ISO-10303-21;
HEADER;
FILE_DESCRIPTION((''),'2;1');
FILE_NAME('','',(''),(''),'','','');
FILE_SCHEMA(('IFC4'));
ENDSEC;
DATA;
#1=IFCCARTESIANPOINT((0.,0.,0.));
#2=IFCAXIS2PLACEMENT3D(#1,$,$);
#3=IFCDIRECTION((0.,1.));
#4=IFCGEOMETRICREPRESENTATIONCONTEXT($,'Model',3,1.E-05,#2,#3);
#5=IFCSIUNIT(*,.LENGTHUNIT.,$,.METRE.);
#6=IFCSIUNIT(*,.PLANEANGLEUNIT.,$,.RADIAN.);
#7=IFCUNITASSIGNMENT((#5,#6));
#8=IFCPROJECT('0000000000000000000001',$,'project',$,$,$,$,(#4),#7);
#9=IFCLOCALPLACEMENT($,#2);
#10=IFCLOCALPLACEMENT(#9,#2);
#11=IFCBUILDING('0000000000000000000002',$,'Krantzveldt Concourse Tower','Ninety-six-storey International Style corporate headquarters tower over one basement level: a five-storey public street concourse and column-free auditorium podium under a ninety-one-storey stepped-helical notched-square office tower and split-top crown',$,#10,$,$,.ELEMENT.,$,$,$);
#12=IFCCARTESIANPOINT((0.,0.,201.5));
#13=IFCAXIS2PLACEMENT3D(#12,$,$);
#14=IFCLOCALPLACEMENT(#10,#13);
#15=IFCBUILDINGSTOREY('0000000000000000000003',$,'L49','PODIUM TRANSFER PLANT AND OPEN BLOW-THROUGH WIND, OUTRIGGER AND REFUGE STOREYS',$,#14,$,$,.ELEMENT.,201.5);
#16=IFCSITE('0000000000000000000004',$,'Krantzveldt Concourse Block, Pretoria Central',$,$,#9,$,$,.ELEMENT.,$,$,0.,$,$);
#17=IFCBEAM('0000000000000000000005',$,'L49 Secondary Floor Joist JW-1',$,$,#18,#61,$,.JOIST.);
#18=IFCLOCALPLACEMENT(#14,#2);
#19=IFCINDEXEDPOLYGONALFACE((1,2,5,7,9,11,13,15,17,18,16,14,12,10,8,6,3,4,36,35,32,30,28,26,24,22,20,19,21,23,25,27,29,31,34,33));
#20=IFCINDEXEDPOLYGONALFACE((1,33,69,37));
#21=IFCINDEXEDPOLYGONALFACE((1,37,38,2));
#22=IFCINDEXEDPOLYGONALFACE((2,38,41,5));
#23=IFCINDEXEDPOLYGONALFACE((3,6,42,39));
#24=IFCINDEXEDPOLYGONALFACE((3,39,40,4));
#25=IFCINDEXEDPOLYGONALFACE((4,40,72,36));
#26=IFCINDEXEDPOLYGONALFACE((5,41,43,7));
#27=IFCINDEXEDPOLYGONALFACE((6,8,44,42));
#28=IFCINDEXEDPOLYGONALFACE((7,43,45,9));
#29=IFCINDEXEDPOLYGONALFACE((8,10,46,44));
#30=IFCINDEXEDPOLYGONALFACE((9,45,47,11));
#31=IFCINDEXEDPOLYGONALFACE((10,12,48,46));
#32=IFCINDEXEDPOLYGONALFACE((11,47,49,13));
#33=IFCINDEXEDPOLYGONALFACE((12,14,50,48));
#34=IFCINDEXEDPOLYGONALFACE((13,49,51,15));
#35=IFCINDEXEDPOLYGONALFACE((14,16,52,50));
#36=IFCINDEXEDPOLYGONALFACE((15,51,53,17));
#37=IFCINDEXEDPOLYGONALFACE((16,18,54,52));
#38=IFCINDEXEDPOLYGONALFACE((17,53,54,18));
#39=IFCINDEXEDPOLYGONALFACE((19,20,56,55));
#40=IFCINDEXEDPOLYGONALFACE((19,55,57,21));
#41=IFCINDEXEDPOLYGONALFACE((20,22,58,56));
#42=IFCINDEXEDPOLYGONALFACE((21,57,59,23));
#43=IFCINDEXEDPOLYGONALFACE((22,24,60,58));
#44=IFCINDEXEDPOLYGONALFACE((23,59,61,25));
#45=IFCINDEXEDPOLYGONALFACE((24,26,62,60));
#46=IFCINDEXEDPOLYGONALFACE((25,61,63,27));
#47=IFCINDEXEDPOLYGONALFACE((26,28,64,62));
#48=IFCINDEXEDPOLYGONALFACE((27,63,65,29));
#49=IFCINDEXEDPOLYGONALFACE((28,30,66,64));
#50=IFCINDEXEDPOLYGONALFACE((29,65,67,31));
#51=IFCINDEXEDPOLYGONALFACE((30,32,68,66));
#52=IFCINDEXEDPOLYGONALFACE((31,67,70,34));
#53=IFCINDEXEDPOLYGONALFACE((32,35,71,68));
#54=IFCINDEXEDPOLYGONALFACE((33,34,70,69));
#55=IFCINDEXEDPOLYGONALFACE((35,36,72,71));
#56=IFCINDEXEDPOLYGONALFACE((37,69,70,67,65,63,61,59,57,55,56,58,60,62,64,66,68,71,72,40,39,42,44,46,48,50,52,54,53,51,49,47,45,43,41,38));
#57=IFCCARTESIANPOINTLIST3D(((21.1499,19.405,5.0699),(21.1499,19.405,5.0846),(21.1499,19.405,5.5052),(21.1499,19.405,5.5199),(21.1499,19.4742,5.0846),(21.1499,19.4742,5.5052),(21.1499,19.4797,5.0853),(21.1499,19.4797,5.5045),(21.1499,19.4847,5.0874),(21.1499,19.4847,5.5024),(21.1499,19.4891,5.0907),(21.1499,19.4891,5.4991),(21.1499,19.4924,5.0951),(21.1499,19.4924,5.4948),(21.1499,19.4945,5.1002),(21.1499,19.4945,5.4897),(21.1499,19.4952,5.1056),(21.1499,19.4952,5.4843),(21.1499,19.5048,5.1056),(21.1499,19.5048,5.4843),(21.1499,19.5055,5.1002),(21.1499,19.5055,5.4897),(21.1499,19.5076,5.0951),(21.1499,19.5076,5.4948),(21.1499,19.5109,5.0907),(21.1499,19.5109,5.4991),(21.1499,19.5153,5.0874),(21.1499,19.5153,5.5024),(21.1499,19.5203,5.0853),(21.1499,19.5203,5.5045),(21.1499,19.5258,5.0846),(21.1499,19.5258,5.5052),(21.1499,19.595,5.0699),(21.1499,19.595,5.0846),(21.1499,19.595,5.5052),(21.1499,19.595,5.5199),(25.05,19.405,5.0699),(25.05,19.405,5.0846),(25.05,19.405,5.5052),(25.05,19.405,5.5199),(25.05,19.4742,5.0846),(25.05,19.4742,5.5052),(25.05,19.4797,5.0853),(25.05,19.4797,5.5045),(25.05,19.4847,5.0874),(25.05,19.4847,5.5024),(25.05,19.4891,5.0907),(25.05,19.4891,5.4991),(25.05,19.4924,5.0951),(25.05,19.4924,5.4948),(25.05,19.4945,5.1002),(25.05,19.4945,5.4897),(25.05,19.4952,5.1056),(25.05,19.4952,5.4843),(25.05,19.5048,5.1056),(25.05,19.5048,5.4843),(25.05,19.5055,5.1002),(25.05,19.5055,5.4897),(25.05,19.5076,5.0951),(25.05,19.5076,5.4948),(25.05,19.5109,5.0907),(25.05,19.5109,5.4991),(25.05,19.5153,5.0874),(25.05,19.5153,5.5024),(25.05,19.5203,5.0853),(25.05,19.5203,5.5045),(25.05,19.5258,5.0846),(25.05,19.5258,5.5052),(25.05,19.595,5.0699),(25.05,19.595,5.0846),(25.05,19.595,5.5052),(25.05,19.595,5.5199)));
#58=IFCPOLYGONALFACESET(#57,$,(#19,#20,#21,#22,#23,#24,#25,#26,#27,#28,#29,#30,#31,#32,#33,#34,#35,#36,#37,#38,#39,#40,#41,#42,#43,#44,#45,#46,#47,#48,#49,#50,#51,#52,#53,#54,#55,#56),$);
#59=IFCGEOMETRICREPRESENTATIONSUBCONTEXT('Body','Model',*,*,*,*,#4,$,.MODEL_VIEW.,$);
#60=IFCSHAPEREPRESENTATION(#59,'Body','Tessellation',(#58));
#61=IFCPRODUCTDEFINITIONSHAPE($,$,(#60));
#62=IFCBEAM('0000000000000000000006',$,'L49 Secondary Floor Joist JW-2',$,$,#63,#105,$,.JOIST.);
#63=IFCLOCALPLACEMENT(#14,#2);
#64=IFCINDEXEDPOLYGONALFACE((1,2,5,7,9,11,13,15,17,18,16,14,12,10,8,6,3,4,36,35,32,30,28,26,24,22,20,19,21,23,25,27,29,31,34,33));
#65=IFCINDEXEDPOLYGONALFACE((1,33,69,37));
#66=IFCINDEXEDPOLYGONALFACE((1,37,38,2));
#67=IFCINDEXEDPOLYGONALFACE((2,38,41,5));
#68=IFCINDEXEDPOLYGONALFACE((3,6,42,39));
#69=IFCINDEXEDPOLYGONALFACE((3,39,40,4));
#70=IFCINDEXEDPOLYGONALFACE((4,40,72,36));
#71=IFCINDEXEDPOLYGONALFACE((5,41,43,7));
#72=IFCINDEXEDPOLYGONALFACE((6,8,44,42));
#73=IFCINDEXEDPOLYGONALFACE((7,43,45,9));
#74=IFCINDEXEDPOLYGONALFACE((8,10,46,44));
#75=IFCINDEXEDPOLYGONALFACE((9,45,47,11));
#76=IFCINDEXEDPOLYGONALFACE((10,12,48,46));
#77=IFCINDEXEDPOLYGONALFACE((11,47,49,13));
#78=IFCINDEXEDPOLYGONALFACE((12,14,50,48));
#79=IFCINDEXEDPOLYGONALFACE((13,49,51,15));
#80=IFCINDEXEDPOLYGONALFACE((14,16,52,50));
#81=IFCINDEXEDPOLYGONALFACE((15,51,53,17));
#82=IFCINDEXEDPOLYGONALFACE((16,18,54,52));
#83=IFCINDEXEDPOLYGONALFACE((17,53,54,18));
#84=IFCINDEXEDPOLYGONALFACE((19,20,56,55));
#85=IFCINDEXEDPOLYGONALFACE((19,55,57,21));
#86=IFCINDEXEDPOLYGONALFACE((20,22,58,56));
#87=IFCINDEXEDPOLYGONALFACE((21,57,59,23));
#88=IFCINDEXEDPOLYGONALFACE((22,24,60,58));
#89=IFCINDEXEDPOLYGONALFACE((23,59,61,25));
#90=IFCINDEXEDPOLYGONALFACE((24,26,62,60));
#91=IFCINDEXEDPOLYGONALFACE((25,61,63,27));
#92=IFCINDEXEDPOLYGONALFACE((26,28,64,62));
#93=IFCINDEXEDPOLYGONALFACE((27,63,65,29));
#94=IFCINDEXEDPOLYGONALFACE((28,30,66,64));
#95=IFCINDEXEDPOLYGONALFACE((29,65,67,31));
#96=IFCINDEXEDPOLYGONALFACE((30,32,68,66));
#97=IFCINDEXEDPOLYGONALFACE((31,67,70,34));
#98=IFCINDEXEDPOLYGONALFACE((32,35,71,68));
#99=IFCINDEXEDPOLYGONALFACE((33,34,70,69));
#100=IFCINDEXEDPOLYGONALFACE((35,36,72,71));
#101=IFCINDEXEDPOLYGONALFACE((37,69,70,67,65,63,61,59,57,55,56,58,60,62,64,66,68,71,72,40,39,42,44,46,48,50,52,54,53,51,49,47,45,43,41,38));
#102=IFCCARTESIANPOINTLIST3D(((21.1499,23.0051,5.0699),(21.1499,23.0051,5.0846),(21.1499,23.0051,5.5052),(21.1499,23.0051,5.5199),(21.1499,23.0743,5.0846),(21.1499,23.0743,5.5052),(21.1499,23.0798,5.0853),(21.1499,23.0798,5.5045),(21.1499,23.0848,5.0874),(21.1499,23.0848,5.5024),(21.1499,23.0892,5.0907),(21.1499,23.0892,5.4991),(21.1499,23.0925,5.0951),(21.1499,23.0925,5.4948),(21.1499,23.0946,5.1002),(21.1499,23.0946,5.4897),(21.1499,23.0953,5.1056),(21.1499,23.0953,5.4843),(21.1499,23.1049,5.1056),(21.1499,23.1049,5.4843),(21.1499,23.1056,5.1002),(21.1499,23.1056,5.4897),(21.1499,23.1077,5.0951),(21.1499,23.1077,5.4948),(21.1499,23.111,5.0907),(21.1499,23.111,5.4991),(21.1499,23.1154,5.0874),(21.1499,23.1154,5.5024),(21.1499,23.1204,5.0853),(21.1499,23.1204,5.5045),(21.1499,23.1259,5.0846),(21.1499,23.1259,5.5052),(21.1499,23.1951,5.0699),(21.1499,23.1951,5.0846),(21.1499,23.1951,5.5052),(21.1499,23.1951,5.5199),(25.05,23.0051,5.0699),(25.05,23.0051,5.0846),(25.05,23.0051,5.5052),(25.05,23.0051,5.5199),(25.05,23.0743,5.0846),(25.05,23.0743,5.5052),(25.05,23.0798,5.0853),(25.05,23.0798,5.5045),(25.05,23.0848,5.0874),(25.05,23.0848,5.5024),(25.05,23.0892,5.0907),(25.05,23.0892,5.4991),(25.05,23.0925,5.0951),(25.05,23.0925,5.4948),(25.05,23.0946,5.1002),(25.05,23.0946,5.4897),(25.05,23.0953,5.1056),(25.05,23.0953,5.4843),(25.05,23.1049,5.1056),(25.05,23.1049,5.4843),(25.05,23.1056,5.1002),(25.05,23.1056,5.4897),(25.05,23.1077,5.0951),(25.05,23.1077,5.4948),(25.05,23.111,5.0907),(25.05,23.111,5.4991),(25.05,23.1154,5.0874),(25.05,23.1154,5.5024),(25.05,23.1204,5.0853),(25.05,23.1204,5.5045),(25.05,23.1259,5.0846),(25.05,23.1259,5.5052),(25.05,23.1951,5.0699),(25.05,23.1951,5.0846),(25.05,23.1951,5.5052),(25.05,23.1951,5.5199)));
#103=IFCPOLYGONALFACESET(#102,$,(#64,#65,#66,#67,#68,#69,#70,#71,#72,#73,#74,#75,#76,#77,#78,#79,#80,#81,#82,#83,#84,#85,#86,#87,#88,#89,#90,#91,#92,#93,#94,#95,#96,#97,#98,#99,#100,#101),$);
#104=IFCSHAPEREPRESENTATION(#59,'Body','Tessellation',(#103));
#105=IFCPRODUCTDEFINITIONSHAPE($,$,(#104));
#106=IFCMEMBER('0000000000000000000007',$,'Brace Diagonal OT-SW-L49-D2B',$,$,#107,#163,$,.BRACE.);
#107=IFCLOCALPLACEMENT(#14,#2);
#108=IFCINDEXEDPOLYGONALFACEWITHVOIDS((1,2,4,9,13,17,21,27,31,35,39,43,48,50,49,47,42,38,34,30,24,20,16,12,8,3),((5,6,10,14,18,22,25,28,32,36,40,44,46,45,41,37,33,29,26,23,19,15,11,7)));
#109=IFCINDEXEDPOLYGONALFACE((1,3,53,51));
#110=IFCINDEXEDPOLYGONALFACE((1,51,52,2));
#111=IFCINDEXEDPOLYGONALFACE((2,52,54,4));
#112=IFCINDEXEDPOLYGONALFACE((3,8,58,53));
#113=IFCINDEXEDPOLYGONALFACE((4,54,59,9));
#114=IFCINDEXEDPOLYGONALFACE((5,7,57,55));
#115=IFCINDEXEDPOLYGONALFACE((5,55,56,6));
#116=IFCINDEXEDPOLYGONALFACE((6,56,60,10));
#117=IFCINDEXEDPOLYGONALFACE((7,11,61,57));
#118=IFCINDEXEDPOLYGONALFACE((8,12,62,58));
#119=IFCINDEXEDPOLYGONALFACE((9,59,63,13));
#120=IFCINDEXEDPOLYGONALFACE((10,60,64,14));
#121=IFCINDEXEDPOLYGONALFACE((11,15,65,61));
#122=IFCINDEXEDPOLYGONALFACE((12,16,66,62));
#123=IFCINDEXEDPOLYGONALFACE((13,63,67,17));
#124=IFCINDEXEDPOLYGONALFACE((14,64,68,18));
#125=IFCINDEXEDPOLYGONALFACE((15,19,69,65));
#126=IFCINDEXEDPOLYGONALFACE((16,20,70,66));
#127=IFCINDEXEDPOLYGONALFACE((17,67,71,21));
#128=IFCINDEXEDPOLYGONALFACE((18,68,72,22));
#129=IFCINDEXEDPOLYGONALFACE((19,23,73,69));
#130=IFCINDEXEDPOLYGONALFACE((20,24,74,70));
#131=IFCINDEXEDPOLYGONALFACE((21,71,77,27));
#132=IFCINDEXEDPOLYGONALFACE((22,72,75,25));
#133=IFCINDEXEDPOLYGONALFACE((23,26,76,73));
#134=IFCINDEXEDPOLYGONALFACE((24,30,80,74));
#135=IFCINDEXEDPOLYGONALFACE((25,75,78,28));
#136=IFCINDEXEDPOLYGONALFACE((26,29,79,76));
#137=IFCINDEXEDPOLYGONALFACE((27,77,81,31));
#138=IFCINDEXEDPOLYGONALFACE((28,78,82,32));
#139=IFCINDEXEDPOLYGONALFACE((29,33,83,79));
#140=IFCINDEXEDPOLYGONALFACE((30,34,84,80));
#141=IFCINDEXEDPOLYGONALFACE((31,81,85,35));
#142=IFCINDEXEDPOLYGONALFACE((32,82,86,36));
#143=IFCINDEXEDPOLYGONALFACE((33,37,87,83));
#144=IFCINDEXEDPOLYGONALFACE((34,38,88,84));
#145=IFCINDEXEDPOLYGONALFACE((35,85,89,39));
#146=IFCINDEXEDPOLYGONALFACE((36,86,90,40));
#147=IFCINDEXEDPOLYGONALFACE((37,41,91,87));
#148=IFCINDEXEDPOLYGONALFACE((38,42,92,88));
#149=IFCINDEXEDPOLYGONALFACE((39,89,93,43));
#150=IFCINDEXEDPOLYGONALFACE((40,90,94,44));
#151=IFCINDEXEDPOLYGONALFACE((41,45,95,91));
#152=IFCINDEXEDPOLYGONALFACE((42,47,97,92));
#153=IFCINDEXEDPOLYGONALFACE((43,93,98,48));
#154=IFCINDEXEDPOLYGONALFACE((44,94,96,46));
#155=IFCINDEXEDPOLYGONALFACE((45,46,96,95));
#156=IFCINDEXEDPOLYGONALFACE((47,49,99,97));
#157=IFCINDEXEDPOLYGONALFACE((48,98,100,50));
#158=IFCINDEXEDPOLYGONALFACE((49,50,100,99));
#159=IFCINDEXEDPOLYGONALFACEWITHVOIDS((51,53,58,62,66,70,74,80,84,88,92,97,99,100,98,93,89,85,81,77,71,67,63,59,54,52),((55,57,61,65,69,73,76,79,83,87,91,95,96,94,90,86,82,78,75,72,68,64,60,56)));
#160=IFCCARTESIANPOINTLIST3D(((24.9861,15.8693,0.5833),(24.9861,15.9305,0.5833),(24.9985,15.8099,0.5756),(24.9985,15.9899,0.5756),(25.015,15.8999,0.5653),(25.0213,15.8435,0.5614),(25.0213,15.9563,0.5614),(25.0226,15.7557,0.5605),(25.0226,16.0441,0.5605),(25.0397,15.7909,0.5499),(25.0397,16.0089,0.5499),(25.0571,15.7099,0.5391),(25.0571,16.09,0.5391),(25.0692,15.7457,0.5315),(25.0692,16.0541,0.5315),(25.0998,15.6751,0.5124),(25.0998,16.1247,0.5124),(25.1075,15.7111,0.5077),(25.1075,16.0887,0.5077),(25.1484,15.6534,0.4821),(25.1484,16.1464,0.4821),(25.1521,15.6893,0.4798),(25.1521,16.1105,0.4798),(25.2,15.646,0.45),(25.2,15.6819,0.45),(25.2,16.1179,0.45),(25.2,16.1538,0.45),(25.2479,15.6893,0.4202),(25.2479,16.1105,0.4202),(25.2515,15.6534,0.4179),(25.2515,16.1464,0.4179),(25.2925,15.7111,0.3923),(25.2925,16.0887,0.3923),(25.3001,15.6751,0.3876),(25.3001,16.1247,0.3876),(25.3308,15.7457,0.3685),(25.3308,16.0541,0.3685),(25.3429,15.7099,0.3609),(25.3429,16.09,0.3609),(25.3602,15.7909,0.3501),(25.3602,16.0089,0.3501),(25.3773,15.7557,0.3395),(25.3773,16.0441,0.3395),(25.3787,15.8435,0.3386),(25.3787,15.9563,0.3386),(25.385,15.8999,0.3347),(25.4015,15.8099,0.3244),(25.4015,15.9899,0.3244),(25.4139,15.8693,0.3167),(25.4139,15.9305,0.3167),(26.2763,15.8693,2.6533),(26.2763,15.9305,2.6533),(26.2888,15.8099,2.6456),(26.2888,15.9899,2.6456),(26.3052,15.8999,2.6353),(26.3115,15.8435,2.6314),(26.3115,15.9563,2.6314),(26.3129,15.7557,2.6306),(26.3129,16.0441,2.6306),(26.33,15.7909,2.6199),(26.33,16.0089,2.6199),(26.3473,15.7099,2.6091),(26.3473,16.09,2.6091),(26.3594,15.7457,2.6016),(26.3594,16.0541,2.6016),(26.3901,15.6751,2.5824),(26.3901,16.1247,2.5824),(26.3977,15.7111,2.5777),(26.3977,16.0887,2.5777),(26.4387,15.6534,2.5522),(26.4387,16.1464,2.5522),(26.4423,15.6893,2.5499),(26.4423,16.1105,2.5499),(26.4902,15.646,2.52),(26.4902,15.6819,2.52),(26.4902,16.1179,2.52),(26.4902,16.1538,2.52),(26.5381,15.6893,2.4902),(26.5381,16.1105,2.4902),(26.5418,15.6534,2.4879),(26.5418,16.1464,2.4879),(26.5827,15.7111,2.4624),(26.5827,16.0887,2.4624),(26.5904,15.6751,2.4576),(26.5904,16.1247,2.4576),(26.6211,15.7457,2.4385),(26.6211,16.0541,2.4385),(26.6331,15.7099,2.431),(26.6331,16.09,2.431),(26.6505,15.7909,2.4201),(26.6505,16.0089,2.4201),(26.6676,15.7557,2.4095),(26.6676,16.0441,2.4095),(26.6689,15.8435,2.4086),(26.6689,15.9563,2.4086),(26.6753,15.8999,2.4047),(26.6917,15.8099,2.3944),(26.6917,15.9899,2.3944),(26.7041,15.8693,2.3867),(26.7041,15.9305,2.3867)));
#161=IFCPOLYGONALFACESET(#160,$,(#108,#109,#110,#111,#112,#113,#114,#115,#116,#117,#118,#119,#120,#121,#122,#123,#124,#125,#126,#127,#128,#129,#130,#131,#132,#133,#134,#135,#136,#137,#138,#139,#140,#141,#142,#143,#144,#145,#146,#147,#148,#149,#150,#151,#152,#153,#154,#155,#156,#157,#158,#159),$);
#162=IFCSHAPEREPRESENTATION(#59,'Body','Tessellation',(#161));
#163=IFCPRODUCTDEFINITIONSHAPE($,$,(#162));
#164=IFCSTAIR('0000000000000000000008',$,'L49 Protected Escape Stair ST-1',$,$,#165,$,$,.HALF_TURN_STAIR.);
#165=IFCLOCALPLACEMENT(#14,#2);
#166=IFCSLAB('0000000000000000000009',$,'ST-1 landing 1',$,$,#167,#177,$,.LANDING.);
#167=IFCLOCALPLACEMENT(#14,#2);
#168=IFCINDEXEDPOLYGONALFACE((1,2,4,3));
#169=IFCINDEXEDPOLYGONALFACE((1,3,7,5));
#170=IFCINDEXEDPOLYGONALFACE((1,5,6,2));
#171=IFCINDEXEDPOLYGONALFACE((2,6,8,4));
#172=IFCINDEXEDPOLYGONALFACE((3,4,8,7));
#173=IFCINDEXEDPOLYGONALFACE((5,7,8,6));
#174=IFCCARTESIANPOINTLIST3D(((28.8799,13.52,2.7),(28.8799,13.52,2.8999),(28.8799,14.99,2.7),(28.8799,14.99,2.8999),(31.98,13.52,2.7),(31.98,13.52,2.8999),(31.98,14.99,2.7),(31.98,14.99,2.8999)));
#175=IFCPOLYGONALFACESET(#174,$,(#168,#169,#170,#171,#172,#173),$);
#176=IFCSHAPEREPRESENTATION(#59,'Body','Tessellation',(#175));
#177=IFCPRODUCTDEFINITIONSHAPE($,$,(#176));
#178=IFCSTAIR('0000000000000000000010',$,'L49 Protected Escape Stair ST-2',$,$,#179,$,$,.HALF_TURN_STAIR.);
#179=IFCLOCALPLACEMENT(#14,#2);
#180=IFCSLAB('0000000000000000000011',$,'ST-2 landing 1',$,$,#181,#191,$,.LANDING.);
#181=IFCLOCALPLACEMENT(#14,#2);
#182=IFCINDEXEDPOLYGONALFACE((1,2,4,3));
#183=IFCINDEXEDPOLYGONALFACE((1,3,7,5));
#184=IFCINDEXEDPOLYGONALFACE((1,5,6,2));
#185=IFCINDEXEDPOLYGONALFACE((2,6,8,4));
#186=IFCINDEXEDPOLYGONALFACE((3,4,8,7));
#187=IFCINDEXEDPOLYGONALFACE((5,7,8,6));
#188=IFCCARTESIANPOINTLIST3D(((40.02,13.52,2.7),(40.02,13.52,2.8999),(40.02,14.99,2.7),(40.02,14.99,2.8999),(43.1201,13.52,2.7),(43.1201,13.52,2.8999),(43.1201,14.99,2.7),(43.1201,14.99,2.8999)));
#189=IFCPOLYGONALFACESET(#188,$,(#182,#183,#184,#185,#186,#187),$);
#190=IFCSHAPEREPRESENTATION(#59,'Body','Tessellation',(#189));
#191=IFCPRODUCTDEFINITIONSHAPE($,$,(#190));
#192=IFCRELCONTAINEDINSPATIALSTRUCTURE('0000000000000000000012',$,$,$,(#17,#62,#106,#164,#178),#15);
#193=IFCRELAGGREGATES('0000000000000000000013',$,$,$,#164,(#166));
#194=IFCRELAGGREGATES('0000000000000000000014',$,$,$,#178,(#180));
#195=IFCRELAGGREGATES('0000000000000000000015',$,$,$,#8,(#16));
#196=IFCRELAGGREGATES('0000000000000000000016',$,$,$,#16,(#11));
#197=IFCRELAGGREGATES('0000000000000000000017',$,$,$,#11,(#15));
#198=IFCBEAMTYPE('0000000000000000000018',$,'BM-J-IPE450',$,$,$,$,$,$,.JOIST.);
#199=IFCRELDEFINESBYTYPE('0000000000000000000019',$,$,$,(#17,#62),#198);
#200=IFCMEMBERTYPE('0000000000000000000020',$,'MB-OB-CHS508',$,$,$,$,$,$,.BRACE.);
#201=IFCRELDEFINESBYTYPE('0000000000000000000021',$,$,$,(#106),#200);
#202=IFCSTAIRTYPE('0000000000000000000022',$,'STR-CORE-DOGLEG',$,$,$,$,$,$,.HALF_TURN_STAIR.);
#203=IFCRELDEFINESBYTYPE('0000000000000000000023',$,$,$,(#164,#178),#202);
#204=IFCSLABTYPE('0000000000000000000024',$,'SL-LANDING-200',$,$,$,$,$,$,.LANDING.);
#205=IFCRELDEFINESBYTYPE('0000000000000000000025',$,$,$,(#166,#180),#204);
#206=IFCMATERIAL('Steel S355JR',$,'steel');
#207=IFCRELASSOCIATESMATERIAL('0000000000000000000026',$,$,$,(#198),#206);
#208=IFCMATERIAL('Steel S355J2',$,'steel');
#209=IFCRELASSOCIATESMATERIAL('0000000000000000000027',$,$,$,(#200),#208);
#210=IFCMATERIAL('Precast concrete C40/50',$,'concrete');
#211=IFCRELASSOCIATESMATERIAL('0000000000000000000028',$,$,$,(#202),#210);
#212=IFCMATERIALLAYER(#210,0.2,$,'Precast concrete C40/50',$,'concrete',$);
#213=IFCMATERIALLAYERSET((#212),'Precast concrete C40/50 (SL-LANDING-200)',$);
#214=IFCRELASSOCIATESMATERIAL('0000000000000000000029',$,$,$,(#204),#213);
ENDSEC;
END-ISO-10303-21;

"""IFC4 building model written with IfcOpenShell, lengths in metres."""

from ifc_helpers import new_model, si_unit, direction, frame, origin, origin_2d, place, context, subcontext, project, spatial, polyline, hollow_circle, i_section, outline, extrude, source, transform, mapped, material, layer, layer_set, material_profile, profile_set, type_object, type_shapes, element, aggregate, save


model = new_model("IFC4")

# Units and contexts
model_context = context("Model", 3, precision=1e-05, world=origin(), true_north=direction((0.0, 1.0)))
body_context = subcontext(model_context, "Body", "Model", "MODEL_VIEW")
ifc_project = project(units=[si_unit("LENGTHUNIT", "METRE"), si_unit("PLANEANGLEUNIT", "RADIAN")], contexts=[model_context])

# Site, building, storey
site_placement = place(None, origin())
site = spatial("IfcSite", under=ifc_project, at=site_placement, Name="Krantzveldt Concourse Block, Pretoria Central", CompositionType="ELEMENT", RefElevation=0.0)
building_placement = place(site_placement, origin())
building = spatial("IfcBuilding", under=site, at=building_placement, Name="Krantzveldt Concourse Tower", Description="Ninety-six-storey International Style corporate headquarters tower over one basement level: a five-storey public street concourse and column-free auditorium podium under a ninety-one-storey stepped-helical notched-square office tower and split-top crown", CompositionType="ELEMENT")
storey_placement = place(building_placement, frame((0.0, 0.0, 201.5)))
storey = spatial("IfcBuildingStorey", under=building, at=storey_placement, Name="L49", Description="PODIUM TRANSFER PLANT AND OPEN BLOW-THROUGH WIND, OUTRIGGER AND REFUGE STOREYS", CompositionType="ELEMENT", Elevation=201.5)

# Shared definitions
ifc_material_1 = material(Name="Steel S355JR", Category="steel")

# Shared definitions
ifc_material_2 = material(Name="Steel S355J2", Category="steel")

# Beams
ifc_material_profile_1 = material_profile(ifc_material_1, i_section(OverallWidth=0.1899, OverallDepth=0.45, WebThickness=0.0095, FlangeThickness=0.0146, FilletRadius=0.021, at=origin_2d()), Name="Steel S355JR", Category="steel")
ifc_profile_set_1 = profile_set([ifc_material_profile_1], Name="Steel S355JR - IPE 450")
beam_type_1 = type_object("IfcBeamType", Name="BM-J-IPE450", PredefinedType="JOIST", material=ifc_profile_set_1)
shared_shape_1 = source(origin(), body_context, "Body", "SweptSolid", [
    extrude(i_section(OverallWidth=0.1899, OverallDepth=0.45, WebThickness=0.0095, FlangeThickness=0.0146, FilletRadius=0.021, at=origin_2d()), origin(), (0.0, 0.0, 1.0), 3.9001),
])
type_shapes(beam_type_1, [shared_shape_1])
for number, where, z_axis, x_axis, name in (
    (1, (21.1499, 19.5, 5.2949), (1.0, 0.0, 0.0), (0.0, 1.0, 0.0), "L49 Secondary Floor Joist JW-1"),
    (2, (21.1499, 23.1001, 5.2949), (1.0, 0.0, 0.0), (0.0, 1.0, 0.0), "L49 Secondary Floor Joist JW-2"),
):
    element("IfcBeam", number, at=place(storey_placement, frame(where, z_axis=z_axis, x_axis=x_axis)), inside=storey, type_object=beam_type_1, Name=name, PredefinedType="JOIST", context=body_context, shape_type="MappedRepresentation", body=[
        mapped(shared_shape_1, transform((0.0, 0.0, 0.0), x_axis=(1.0, 0.0, 0.0), y_axis=(0.0, 1.0, 0.0), z_axis=(0.0, 0.0, 1.0), scale=1.0)),
    ])

# Member
ifc_material_profile_2 = material_profile(ifc_material_2, hollow_circle(Radius=0.2539, WallThickness=0.0359, at=origin_2d()), Name="Steel S355J2", Category="steel")
ifc_profile_set_2 = profile_set([ifc_material_profile_2], Name="Steel S355J2 - CHS 508x36")
member_type_1 = type_object("IfcMemberType", Name="MB-OB-CHS508", PredefinedType="BRACE", material=ifc_profile_set_2)
shared_shape_2 = source(origin(), body_context, "Body", "SweptSolid", [
    extrude(hollow_circle(Radius=0.2539, WallThickness=0.0359, at=origin_2d()), origin(), (0.0, 0.0, 1.0), 2.4392),
])
type_shapes(member_type_1, [shared_shape_2])
member_1_placement = place(storey_placement, frame((26.4902, 15.8999, 2.52), z_axis=(-0.528964, 0.0, -0.848644), x_axis=(0.0, -1.0, 0.0)))
element("IfcMember", 3, at=member_1_placement, inside=storey, type_object=member_type_1, Name="Brace Diagonal OT-SW-L49-D2B", PredefinedType="BRACE", context=body_context, shape_type="MappedRepresentation", body=[
    mapped(shared_shape_2, transform((0.0, 0.0, 0.0), x_axis=(1.0, 0.0, 0.0), y_axis=(0.0, 1.0, 0.0), z_axis=(0.0, 0.0, 1.0), scale=1.0)),
])

# Stairs, slabs
ifc_material_3 = material(Name="Precast concrete C40/50", Category="concrete")
stair_type = type_object("IfcStairType", Name="STR-CORE-DOGLEG", PredefinedType="HALF_TURN_STAIR", material=ifc_material_3)
stair_1_placement = place(storey_placement, origin())
stair_1 = element("IfcStair", 4, at=stair_1_placement, inside=storey, type_object=stair_type, Name="L49 Protected Escape Stair ST-1", PredefinedType="HALF_TURN_STAIR")
ifc_layer_1 = layer(ifc_material_3, 0.2, Name="Precast concrete C40/50", Category="concrete")
ifc_layer_set_1 = layer_set([ifc_layer_1], Name="Precast concrete C40/50 (SL-LANDING-200)")
slab_type_1 = type_object("IfcSlabType", Name="SL-LANDING-200", PredefinedType="LANDING", material=ifc_layer_set_1)
slab_1_placement = place(storey_placement, frame((0.0, 0.0, 2.7)))
slab_1 = element("IfcSlab", 5, at=slab_1_placement, type_object=slab_type_1, Name="ST-1 landing 1", PredefinedType="LANDING", context=body_context, shape_type="SweptSolid", body=[
    extrude(outline(polyline([(28.8799, 14.99), (28.8799, 13.52), (31.98, 13.52), (31.98, 14.99), (28.8799, 14.99)])), origin(), (0.0, 0.0, 1.0), 0.2),
])
aggregate(stair_1, [slab_1])
stair_2_placement = place(storey_placement, origin())
stair_2 = element("IfcStair", 6, at=stair_2_placement, inside=storey, type_object=stair_type, Name="L49 Protected Escape Stair ST-2", PredefinedType="HALF_TURN_STAIR")
slab_2_placement = place(storey_placement, frame((0.0, 0.0, 2.7)))
slab_2 = element("IfcSlab", 7, at=slab_2_placement, type_object=slab_type_1, Name="ST-2 landing 1", PredefinedType="LANDING", context=body_context, shape_type="SweptSolid", body=[
    extrude(outline(polyline([(40.02, 14.99), (40.02, 13.52), (43.1201, 13.52), (43.1201, 14.99), (40.02, 14.99)])), origin(), (0.0, 0.0, 1.0), 0.2),
])
aggregate(stair_2, [slab_2])

save(model, "model.ifc")
